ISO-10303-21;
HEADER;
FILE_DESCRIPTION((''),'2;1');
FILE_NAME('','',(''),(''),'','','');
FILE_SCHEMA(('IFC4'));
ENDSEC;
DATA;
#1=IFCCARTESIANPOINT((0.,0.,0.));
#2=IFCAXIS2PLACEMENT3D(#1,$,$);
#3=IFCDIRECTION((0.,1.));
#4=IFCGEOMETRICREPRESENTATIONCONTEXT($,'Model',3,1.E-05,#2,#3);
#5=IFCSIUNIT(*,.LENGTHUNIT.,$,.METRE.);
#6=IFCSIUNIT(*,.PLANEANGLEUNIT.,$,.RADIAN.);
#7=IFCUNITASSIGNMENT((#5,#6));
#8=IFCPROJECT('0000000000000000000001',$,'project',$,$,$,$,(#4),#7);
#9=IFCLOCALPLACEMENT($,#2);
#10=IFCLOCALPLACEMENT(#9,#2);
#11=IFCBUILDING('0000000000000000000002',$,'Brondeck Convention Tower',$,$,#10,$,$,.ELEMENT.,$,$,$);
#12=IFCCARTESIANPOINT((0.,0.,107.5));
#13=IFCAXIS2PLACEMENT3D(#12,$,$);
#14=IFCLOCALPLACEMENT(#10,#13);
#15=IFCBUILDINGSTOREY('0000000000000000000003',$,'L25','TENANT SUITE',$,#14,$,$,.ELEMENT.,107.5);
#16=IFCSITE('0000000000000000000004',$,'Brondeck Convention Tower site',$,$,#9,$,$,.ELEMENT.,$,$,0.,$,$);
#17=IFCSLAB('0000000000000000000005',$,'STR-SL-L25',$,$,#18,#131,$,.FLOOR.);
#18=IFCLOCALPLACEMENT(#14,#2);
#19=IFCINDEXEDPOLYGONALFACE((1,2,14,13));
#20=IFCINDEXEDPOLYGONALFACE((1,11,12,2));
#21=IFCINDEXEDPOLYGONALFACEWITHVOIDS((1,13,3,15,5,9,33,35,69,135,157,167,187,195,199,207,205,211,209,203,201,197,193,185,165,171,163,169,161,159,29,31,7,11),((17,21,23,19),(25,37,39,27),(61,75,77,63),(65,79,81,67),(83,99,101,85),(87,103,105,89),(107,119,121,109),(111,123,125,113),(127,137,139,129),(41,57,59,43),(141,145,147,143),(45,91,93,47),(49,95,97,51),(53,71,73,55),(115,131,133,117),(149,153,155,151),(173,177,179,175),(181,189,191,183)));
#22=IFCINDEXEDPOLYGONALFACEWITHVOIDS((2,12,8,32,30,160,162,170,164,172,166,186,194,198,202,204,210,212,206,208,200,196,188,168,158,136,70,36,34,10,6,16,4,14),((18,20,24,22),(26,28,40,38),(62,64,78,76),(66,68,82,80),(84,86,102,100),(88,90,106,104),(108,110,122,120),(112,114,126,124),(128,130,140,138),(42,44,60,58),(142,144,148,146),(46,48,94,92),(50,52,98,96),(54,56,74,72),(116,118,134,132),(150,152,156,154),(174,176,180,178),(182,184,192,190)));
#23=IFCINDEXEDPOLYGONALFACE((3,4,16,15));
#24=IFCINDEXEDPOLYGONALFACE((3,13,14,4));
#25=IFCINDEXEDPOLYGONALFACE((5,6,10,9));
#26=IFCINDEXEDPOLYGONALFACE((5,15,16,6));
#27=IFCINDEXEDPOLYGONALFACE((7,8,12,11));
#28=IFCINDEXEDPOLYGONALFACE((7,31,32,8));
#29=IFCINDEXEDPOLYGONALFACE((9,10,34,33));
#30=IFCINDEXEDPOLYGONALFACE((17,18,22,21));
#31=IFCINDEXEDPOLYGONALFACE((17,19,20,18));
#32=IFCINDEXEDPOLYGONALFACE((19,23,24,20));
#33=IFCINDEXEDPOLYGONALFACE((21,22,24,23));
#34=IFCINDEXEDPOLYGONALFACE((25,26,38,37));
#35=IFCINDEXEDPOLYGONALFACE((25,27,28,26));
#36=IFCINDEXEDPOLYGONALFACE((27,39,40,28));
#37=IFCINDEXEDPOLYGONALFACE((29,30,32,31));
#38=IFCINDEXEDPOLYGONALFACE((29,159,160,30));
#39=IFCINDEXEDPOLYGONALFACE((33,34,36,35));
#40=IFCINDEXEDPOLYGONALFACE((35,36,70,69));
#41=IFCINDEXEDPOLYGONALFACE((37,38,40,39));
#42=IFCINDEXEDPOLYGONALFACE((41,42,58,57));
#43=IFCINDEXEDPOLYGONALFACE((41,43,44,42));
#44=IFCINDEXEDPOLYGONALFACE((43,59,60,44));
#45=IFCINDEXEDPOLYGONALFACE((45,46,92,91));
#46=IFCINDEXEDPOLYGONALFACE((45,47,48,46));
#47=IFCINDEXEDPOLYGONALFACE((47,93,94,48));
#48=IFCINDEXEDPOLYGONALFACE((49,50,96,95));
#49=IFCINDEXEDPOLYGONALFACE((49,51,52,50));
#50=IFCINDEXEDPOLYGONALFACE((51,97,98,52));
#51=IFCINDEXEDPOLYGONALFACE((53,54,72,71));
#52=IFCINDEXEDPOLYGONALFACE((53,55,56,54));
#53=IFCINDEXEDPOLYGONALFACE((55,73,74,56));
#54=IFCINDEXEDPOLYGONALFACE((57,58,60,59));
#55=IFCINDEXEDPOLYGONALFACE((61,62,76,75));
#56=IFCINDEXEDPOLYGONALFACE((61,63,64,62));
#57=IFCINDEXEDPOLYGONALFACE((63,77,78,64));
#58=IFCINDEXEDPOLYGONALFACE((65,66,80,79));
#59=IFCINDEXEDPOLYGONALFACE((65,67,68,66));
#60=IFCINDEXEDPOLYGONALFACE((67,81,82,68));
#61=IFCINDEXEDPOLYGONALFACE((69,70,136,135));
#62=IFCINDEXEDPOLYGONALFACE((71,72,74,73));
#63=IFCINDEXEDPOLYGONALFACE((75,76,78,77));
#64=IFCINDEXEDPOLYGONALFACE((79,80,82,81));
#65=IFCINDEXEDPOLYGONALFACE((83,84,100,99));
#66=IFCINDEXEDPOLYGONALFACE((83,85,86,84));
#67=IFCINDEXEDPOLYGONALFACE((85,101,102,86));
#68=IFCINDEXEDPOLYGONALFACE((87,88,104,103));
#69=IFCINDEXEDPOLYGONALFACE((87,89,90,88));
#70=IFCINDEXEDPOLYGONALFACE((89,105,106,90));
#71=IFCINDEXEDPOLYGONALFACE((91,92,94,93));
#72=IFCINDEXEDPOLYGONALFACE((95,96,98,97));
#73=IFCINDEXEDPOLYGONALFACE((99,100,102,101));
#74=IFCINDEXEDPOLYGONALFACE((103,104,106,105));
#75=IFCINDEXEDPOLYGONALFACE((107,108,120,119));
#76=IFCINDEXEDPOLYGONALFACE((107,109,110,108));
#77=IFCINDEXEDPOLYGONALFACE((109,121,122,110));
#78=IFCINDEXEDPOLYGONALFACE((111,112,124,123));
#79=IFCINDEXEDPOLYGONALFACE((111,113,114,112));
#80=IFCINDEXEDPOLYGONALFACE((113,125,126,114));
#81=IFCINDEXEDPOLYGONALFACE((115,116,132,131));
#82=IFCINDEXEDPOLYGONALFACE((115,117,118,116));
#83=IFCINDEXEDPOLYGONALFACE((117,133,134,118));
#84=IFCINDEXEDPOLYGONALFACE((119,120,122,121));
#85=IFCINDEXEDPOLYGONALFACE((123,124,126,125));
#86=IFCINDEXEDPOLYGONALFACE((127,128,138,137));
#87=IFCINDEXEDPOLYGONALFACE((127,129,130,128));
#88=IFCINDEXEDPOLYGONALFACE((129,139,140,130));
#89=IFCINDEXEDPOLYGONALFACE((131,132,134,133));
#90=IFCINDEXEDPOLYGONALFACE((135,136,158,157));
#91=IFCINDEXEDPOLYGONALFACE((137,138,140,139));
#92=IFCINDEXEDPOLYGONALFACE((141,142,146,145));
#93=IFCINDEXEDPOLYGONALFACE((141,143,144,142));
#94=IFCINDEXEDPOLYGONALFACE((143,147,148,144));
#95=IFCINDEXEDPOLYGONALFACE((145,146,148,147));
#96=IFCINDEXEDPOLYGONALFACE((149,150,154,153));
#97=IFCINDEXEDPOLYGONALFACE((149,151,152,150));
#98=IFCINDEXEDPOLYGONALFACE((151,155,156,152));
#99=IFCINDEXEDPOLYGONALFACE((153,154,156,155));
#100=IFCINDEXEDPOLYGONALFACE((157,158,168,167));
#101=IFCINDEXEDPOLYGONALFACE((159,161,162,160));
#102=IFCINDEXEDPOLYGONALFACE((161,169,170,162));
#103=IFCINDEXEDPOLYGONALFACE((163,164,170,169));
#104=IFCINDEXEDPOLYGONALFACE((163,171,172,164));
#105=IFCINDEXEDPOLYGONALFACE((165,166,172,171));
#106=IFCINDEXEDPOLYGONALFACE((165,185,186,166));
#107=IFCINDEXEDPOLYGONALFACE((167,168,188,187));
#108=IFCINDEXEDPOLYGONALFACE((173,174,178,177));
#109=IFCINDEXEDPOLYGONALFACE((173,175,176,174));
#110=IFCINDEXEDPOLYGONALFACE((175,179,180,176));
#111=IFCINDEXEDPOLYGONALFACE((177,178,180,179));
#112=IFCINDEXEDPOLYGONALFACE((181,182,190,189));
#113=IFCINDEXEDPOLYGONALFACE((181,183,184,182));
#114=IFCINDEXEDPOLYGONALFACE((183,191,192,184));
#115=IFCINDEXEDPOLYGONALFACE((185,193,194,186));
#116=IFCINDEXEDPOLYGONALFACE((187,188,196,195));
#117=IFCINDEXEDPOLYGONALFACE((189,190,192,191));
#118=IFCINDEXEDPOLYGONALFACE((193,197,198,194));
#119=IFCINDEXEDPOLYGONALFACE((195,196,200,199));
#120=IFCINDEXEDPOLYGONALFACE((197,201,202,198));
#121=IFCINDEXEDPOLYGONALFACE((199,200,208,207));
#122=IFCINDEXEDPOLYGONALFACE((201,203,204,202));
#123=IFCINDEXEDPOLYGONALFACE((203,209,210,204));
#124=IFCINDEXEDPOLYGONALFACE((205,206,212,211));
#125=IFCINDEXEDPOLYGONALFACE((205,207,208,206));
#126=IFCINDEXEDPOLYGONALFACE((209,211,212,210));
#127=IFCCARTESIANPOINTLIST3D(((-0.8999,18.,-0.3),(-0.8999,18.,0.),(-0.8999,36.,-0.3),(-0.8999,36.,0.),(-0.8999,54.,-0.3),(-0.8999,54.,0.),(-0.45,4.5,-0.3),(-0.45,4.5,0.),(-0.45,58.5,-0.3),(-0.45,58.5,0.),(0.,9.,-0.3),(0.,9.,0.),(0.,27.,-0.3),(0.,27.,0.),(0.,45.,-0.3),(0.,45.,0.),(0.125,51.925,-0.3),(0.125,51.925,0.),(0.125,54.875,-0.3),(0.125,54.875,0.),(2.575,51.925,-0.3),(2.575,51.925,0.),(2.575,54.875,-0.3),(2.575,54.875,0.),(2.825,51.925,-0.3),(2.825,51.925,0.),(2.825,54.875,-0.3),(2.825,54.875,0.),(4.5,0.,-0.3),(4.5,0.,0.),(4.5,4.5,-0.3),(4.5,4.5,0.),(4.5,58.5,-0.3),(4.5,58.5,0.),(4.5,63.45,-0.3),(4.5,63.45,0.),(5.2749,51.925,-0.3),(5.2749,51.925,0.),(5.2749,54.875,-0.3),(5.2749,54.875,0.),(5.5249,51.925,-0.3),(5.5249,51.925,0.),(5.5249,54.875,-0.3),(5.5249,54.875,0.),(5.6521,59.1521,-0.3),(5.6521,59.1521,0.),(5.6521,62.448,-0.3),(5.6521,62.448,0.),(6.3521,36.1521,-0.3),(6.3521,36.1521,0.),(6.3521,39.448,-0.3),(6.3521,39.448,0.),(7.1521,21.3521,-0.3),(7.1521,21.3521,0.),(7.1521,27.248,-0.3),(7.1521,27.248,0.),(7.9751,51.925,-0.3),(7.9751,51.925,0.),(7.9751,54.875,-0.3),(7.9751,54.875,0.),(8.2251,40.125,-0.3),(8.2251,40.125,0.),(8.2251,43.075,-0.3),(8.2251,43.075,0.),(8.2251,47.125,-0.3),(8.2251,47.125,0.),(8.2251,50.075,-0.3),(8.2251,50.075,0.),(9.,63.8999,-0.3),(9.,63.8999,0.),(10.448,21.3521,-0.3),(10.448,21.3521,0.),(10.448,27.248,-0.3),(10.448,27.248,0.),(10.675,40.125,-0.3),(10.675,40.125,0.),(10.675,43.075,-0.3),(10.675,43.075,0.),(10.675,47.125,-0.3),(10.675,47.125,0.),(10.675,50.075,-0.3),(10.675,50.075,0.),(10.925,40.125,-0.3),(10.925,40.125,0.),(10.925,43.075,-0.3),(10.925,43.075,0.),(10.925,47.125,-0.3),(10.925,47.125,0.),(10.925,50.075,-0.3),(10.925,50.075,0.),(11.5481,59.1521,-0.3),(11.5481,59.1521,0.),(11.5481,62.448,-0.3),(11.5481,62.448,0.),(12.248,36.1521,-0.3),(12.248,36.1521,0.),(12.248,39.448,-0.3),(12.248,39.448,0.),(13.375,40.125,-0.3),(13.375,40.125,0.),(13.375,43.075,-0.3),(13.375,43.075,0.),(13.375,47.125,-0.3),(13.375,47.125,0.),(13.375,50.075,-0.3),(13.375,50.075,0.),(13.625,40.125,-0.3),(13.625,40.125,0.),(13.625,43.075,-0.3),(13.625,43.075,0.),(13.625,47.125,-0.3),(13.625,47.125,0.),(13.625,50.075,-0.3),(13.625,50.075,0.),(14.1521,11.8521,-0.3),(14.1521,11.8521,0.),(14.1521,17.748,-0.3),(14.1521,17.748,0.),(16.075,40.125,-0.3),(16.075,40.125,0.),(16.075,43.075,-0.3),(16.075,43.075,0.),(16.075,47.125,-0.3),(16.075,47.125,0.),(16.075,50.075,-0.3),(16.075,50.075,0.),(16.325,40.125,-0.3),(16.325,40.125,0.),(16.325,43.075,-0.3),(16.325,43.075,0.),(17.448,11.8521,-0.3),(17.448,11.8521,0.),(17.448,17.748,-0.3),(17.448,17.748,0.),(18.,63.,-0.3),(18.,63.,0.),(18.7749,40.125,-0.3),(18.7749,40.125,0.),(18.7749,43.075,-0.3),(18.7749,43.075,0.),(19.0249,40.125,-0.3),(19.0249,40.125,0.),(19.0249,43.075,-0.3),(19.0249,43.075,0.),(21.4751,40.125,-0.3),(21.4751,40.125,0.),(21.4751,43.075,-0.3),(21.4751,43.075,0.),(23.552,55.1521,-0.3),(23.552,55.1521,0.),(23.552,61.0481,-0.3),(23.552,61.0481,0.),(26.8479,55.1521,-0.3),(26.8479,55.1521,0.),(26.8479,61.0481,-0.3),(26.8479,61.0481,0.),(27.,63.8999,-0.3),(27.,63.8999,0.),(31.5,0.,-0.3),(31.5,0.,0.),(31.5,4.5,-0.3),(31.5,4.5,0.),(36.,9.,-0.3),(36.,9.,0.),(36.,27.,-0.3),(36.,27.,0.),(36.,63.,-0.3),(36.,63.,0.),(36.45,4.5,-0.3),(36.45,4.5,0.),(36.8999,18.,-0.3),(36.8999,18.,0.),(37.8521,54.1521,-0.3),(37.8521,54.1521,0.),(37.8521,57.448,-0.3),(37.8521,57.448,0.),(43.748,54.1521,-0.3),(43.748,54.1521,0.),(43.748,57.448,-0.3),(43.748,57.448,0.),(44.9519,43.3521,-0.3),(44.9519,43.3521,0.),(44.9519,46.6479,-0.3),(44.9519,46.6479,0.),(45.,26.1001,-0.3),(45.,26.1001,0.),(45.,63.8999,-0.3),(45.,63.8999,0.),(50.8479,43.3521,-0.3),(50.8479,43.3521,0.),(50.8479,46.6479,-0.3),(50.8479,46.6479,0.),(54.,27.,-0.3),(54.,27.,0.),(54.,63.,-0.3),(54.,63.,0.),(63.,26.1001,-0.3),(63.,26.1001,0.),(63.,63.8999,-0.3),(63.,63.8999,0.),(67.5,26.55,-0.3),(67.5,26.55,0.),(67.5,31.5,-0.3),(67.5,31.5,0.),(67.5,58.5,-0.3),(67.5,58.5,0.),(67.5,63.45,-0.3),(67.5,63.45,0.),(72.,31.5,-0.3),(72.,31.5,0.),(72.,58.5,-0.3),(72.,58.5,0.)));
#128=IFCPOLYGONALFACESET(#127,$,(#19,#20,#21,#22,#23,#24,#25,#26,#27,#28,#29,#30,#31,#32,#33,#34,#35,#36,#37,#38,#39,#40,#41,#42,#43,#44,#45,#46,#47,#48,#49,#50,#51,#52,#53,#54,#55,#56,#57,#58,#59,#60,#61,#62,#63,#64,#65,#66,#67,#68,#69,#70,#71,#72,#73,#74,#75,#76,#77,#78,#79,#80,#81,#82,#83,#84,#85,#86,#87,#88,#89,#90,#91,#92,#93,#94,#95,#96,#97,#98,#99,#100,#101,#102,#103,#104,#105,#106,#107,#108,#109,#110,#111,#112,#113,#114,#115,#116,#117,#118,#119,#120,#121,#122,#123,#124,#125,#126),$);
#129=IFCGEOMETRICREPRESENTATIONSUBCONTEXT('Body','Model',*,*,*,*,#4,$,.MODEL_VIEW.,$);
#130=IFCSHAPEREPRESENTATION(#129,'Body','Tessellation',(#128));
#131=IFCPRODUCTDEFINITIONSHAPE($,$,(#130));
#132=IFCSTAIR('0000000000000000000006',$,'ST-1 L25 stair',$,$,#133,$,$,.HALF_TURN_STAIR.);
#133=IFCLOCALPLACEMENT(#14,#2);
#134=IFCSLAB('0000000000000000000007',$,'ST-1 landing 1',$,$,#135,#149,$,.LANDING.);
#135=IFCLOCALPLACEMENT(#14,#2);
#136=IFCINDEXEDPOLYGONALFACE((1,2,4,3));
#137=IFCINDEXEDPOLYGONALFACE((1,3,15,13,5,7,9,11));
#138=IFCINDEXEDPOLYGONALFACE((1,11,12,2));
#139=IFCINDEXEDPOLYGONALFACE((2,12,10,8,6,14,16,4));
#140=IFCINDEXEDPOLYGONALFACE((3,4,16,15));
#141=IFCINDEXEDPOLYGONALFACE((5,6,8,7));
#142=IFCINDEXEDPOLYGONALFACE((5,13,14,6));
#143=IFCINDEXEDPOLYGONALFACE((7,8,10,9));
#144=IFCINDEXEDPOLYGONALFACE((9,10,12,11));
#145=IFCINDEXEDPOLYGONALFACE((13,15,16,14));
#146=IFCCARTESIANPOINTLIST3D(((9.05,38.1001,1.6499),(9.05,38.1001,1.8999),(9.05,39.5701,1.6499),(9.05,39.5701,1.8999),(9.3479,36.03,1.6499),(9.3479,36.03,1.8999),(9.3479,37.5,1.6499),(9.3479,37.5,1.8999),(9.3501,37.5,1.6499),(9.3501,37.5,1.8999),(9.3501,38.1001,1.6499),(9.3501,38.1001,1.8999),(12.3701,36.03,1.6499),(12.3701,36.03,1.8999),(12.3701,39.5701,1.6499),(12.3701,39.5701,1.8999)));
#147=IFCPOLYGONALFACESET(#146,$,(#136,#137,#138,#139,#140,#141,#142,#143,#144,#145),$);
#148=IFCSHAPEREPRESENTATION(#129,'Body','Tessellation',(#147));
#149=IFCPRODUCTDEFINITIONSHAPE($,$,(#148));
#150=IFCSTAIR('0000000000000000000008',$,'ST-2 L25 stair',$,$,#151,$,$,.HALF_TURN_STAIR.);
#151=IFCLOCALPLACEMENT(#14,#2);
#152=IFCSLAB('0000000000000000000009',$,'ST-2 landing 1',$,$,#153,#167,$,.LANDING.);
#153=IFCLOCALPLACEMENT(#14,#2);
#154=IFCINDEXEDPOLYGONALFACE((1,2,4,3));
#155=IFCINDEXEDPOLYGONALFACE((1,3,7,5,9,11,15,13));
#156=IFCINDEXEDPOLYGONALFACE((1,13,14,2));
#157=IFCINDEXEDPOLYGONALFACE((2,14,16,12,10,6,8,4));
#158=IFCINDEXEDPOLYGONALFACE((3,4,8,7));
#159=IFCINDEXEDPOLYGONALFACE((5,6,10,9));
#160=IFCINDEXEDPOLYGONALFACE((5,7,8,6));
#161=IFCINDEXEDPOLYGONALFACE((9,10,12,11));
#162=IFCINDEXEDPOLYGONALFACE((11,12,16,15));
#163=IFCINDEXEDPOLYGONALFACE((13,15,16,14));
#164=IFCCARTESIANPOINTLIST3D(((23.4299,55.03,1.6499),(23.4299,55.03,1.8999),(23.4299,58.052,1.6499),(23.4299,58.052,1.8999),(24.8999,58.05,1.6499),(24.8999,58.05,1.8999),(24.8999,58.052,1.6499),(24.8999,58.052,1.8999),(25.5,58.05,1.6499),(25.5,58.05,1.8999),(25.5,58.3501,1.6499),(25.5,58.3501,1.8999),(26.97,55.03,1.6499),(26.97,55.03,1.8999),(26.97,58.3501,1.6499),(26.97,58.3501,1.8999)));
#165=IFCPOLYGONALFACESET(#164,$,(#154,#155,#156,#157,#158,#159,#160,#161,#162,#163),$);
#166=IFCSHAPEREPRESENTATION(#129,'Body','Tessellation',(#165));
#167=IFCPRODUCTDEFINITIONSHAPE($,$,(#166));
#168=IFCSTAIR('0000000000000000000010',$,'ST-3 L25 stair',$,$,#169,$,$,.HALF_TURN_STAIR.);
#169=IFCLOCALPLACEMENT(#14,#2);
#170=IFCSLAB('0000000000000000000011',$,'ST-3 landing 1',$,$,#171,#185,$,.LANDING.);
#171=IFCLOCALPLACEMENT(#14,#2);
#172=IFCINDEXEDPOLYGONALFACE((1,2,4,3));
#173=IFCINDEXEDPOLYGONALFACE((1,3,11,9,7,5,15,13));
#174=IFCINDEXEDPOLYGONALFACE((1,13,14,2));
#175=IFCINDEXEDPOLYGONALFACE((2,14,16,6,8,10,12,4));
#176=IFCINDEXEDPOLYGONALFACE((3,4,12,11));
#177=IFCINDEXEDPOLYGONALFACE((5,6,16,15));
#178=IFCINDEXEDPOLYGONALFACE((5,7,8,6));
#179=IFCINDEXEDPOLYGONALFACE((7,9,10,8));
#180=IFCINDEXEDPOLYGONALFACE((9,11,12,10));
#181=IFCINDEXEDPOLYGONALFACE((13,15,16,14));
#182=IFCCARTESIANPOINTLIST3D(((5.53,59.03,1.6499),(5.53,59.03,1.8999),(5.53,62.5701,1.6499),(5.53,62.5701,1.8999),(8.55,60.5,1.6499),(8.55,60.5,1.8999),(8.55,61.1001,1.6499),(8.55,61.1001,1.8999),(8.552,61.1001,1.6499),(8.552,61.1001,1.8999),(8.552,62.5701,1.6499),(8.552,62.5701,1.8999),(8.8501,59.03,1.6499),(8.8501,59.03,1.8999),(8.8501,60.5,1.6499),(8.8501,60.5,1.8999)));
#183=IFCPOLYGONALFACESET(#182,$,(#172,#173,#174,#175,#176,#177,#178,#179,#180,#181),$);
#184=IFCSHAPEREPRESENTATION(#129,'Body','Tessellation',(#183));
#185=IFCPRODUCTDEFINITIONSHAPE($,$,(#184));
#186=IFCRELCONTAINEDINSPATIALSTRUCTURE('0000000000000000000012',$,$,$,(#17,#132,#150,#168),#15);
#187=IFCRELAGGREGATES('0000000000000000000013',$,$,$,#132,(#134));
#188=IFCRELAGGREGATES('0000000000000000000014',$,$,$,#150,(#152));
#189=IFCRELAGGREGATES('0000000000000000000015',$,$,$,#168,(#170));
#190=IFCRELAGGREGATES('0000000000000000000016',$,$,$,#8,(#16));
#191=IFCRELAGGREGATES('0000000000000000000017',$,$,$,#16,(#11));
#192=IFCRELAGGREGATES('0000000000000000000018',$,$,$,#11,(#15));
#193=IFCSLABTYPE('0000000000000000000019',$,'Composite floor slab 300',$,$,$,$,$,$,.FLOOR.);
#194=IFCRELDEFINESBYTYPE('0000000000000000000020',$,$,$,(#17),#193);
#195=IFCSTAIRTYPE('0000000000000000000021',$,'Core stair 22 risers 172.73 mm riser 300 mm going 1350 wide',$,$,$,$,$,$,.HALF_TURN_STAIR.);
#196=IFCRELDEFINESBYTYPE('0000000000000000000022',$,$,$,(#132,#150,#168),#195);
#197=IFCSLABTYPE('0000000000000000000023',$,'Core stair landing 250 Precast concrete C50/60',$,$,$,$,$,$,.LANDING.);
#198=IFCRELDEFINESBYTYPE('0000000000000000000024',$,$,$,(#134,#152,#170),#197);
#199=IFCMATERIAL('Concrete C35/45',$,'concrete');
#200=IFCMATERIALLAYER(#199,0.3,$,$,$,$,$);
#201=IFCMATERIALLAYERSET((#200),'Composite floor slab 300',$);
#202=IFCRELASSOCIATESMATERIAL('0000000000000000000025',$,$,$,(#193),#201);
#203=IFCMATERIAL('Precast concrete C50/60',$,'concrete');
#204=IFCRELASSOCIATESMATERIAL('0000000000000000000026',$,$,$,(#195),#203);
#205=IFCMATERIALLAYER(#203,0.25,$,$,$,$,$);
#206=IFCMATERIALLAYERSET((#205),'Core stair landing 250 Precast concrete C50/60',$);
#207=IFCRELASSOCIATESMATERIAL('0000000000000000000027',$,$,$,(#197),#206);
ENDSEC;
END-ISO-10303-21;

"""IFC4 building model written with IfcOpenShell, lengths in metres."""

from ifc_helpers import new_model, si_unit, direction, frame, origin, place, context, subcontext, project, spatial, polyline, outline, extrude, material, layer, layer_set, type_object, element, aggregate, save


model = new_model("IFC4")

# Units and contexts
model_context = context("Model", 3, precision=1e-05, world=origin(), true_north=direction((0.0, 1.0)))
body_context = subcontext(model_context, "Body", "Model", "MODEL_VIEW")
ifc_project = project(units=[si_unit("LENGTHUNIT", "METRE"), si_unit("PLANEANGLEUNIT", "RADIAN")], contexts=[model_context])

# Site, building, storey
site_placement = place(None, origin())
site = spatial("IfcSite", under=ifc_project, at=site_placement, Name="Brondeck Convention Tower site", CompositionType="ELEMENT", RefElevation=0.0)
building_placement = place(site_placement, origin())
building = spatial("IfcBuilding", under=site, at=building_placement, Name="Brondeck Convention Tower", CompositionType="ELEMENT")
storey_placement = place(building_placement, frame((0.0, 0.0, 107.5)))
storey = spatial("IfcBuildingStorey", under=building, at=storey_placement, Name="L25", Description="TENANT SUITE", CompositionType="ELEMENT", Elevation=107.5)

# Slab
ifc_material_1 = material(Name="Concrete C35/45", Category="concrete")
ifc_layer_1 = layer(ifc_material_1, 0.3)
ifc_layer_set_1 = layer_set([ifc_layer_1], Name="Composite floor slab 300")
slab_type_1 = type_object("IfcSlabType", Name="Composite floor slab 300", PredefinedType="FLOOR", material=ifc_layer_set_1)
slab_1_placement = place(storey_placement, frame((0.0, 0.0, -0.3)))
element("IfcSlab", 1, at=slab_1_placement, inside=storey, type_object=slab_type_1, Name="STR-SL-L25", PredefinedType="FLOOR", context=body_context, shape_type="SweptSolid", body=[
    extrude(outline(polyline([(4.5, 4.5), (-0.45, 4.5), (0.0, 9.0), (-0.8999, 18.0), (0.0, 27.0), (-0.8999, 36.0), (0.0, 45.0), (-0.8999, 54.0), (-0.45, 58.5), (4.5, 58.5), (4.5, 63.45), (9.0, 63.8999), (18.0, 63.0), (27.0, 63.8999), (36.0, 63.0), (45.0, 63.8999), (54.0, 63.0), (63.0, 63.8999), (67.5, 63.45), (67.5, 58.5), (72.0, 58.5), (72.0, 31.5), (67.5, 31.5), (67.5, 26.55), (63.0, 26.1001), (54.0, 27.0), (45.0, 26.1001), (36.0, 27.0), (36.8999, 18.0), (36.0, 9.0), (36.45, 4.5), (31.5, 4.5), (31.5, 0.0), (4.5, 0.0), (4.5, 4.5)]), holes=[polyline([(10.448, 27.248), (7.1521, 27.248), (7.1521, 21.3521), (10.448, 21.3521), (10.448, 27.248)]), polyline([(12.248, 36.1521), (12.248, 39.448), (6.3521, 39.448), (6.3521, 36.1521), (12.248, 36.1521)]), polyline([(10.675, 40.125), (10.675, 43.075), (8.2251, 43.075), (8.2251, 40.125), (10.675, 40.125)]), polyline([(10.675, 47.125), (10.675, 50.075), (8.2251, 50.075), (8.2251, 47.125), (10.675, 47.125)]), polyline([(13.375, 47.125), (13.375, 50.075), (10.925, 50.075), (10.925, 47.125), (13.375, 47.125)]), polyline([(2.575, 51.925), (2.575, 54.875), (0.125, 54.875), (0.125, 51.925), (2.575, 51.925)]), polyline([(5.2749, 51.925), (5.2749, 54.875), (2.825, 54.875), (2.825, 51.925), (5.2749, 51.925)]), polyline([(5.5249, 51.925), (7.9751, 51.925), (7.9751, 54.875), (5.5249, 54.875), (5.5249, 51.925)]), polyline([(11.5481, 62.448), (5.6521, 62.448), (5.6521, 59.1521), (11.5481, 59.1521), (11.5481, 62.448)]), polyline([(17.448, 17.748), (14.1521, 17.748), (14.1521, 11.8521), (17.448, 11.8521), (17.448, 17.748)]), polyline([(13.375, 40.125), (13.375, 43.075), (10.925, 43.075), (10.925, 40.125), (13.375, 40.125)]), polyline([(16.075, 40.125), (16.075, 43.075), (13.625, 43.075), (13.625, 40.125), (16.075, 40.125)]), polyline([(18.7749, 40.125), (18.7749, 43.075), (16.325, 43.075), (16.325, 40.125), (18.7749, 40.125)]), polyline([(21.4751, 40.125), (21.4751, 43.075), (19.0249, 43.075), (19.0249, 40.125), (21.4751, 40.125)]), polyline([(50.8479, 43.3521), (50.8479, 46.6479), (44.9519, 46.6479), (44.9519, 43.3521), (50.8479, 43.3521)]), polyline([(16.075, 47.125), (16.075, 50.075), (13.625, 50.075), (13.625, 47.125), (16.075, 47.125)]), polyline([(37.8521, 54.1521), (43.748, 54.1521), (43.748, 57.448), (37.8521, 57.448), (37.8521, 54.1521)]), polyline([(23.552, 61.0481), (23.552, 55.1521), (26.8479, 55.1521), (26.8479, 61.0481), (23.552, 61.0481)])]), origin(), (0.0, 0.0, 1.0), 0.3),
])

# Stairs, slabs
ifc_material_2 = material(Name="Precast concrete C50/60", Category="concrete")
stair_type = type_object("IfcStairType", Name="Core stair 22 risers 172.73 mm riser 300 mm going 1350 wide", PredefinedType="HALF_TURN_STAIR", material=ifc_material_2)
stair_1_placement = place(storey_placement, origin())
stair_1 = element("IfcStair", 2, at=stair_1_placement, inside=storey, type_object=stair_type, Name="ST-1 L25 stair", PredefinedType="HALF_TURN_STAIR")
ifc_layer_2 = layer(ifc_material_2, 0.25)
ifc_layer_set_2 = layer_set([ifc_layer_2], Name="Core stair landing 250 Precast concrete C50/60")
slab_type_2 = type_object("IfcSlabType", Name="Core stair landing 250 Precast concrete C50/60", PredefinedType="LANDING", material=ifc_layer_set_2)
slab_2_placement = place(storey_placement, frame((0.0, 0.0, 1.6499)))
slab_2 = element("IfcSlab", 3, at=slab_2_placement, type_object=slab_type_2, Name="ST-1 landing 1", PredefinedType="LANDING", context=body_context, shape_type="SweptSolid", body=[
    extrude(outline(polyline([(9.3479, 37.5), (9.3501, 37.5), (9.3501, 38.1001), (9.05, 38.1001), (9.05, 39.5701), (12.3701, 39.5701), (12.3701, 36.03), (9.3479, 36.03), (9.3479, 37.5)])), origin(), (0.0, 0.0, 1.0), 0.25),
])
aggregate(stair_1, [slab_2])
stair_2_placement = place(storey_placement, origin())
stair_2 = element("IfcStair", 4, at=stair_2_placement, inside=storey, type_object=stair_type, Name="ST-2 L25 stair", PredefinedType="HALF_TURN_STAIR")
slab_3_placement = place(storey_placement, frame((0.0, 0.0, 1.6499)))
slab_3 = element("IfcSlab", 5, at=slab_3_placement, type_object=slab_type_2, Name="ST-2 landing 1", PredefinedType="LANDING", context=body_context, shape_type="SweptSolid", body=[
    extrude(outline(polyline([(23.4299, 58.052), (24.8999, 58.052), (24.8999, 58.05), (25.5, 58.05), (25.5, 58.3501), (26.97, 58.3501), (26.97, 55.03), (23.4299, 55.03), (23.4299, 58.052)])), origin(), (0.0, 0.0, 1.0), 0.25),
])
aggregate(stair_2, [slab_3])
stair_3_placement = place(storey_placement, origin())
stair_3 = element("IfcStair", 6, at=stair_3_placement, inside=storey, type_object=stair_type, Name="ST-3 L25 stair", PredefinedType="HALF_TURN_STAIR")
slab_4_placement = place(storey_placement, frame((0.0, 0.0, 1.6499)))
slab_4 = element("IfcSlab", 7, at=slab_4_placement, type_object=slab_type_2, Name="ST-3 landing 1", PredefinedType="LANDING", context=body_context, shape_type="SweptSolid", body=[
    extrude(outline(polyline([(8.8501, 60.5), (8.8501, 59.03), (5.53, 59.03), (5.53, 62.5701), (8.552, 62.5701), (8.552, 61.1001), (8.55, 61.1001), (8.55, 60.5), (8.8501, 60.5)])), origin(), (0.0, 0.0, 1.0), 0.25),
])
aggregate(stair_3, [slab_4])

save(model, "model.ifc")
